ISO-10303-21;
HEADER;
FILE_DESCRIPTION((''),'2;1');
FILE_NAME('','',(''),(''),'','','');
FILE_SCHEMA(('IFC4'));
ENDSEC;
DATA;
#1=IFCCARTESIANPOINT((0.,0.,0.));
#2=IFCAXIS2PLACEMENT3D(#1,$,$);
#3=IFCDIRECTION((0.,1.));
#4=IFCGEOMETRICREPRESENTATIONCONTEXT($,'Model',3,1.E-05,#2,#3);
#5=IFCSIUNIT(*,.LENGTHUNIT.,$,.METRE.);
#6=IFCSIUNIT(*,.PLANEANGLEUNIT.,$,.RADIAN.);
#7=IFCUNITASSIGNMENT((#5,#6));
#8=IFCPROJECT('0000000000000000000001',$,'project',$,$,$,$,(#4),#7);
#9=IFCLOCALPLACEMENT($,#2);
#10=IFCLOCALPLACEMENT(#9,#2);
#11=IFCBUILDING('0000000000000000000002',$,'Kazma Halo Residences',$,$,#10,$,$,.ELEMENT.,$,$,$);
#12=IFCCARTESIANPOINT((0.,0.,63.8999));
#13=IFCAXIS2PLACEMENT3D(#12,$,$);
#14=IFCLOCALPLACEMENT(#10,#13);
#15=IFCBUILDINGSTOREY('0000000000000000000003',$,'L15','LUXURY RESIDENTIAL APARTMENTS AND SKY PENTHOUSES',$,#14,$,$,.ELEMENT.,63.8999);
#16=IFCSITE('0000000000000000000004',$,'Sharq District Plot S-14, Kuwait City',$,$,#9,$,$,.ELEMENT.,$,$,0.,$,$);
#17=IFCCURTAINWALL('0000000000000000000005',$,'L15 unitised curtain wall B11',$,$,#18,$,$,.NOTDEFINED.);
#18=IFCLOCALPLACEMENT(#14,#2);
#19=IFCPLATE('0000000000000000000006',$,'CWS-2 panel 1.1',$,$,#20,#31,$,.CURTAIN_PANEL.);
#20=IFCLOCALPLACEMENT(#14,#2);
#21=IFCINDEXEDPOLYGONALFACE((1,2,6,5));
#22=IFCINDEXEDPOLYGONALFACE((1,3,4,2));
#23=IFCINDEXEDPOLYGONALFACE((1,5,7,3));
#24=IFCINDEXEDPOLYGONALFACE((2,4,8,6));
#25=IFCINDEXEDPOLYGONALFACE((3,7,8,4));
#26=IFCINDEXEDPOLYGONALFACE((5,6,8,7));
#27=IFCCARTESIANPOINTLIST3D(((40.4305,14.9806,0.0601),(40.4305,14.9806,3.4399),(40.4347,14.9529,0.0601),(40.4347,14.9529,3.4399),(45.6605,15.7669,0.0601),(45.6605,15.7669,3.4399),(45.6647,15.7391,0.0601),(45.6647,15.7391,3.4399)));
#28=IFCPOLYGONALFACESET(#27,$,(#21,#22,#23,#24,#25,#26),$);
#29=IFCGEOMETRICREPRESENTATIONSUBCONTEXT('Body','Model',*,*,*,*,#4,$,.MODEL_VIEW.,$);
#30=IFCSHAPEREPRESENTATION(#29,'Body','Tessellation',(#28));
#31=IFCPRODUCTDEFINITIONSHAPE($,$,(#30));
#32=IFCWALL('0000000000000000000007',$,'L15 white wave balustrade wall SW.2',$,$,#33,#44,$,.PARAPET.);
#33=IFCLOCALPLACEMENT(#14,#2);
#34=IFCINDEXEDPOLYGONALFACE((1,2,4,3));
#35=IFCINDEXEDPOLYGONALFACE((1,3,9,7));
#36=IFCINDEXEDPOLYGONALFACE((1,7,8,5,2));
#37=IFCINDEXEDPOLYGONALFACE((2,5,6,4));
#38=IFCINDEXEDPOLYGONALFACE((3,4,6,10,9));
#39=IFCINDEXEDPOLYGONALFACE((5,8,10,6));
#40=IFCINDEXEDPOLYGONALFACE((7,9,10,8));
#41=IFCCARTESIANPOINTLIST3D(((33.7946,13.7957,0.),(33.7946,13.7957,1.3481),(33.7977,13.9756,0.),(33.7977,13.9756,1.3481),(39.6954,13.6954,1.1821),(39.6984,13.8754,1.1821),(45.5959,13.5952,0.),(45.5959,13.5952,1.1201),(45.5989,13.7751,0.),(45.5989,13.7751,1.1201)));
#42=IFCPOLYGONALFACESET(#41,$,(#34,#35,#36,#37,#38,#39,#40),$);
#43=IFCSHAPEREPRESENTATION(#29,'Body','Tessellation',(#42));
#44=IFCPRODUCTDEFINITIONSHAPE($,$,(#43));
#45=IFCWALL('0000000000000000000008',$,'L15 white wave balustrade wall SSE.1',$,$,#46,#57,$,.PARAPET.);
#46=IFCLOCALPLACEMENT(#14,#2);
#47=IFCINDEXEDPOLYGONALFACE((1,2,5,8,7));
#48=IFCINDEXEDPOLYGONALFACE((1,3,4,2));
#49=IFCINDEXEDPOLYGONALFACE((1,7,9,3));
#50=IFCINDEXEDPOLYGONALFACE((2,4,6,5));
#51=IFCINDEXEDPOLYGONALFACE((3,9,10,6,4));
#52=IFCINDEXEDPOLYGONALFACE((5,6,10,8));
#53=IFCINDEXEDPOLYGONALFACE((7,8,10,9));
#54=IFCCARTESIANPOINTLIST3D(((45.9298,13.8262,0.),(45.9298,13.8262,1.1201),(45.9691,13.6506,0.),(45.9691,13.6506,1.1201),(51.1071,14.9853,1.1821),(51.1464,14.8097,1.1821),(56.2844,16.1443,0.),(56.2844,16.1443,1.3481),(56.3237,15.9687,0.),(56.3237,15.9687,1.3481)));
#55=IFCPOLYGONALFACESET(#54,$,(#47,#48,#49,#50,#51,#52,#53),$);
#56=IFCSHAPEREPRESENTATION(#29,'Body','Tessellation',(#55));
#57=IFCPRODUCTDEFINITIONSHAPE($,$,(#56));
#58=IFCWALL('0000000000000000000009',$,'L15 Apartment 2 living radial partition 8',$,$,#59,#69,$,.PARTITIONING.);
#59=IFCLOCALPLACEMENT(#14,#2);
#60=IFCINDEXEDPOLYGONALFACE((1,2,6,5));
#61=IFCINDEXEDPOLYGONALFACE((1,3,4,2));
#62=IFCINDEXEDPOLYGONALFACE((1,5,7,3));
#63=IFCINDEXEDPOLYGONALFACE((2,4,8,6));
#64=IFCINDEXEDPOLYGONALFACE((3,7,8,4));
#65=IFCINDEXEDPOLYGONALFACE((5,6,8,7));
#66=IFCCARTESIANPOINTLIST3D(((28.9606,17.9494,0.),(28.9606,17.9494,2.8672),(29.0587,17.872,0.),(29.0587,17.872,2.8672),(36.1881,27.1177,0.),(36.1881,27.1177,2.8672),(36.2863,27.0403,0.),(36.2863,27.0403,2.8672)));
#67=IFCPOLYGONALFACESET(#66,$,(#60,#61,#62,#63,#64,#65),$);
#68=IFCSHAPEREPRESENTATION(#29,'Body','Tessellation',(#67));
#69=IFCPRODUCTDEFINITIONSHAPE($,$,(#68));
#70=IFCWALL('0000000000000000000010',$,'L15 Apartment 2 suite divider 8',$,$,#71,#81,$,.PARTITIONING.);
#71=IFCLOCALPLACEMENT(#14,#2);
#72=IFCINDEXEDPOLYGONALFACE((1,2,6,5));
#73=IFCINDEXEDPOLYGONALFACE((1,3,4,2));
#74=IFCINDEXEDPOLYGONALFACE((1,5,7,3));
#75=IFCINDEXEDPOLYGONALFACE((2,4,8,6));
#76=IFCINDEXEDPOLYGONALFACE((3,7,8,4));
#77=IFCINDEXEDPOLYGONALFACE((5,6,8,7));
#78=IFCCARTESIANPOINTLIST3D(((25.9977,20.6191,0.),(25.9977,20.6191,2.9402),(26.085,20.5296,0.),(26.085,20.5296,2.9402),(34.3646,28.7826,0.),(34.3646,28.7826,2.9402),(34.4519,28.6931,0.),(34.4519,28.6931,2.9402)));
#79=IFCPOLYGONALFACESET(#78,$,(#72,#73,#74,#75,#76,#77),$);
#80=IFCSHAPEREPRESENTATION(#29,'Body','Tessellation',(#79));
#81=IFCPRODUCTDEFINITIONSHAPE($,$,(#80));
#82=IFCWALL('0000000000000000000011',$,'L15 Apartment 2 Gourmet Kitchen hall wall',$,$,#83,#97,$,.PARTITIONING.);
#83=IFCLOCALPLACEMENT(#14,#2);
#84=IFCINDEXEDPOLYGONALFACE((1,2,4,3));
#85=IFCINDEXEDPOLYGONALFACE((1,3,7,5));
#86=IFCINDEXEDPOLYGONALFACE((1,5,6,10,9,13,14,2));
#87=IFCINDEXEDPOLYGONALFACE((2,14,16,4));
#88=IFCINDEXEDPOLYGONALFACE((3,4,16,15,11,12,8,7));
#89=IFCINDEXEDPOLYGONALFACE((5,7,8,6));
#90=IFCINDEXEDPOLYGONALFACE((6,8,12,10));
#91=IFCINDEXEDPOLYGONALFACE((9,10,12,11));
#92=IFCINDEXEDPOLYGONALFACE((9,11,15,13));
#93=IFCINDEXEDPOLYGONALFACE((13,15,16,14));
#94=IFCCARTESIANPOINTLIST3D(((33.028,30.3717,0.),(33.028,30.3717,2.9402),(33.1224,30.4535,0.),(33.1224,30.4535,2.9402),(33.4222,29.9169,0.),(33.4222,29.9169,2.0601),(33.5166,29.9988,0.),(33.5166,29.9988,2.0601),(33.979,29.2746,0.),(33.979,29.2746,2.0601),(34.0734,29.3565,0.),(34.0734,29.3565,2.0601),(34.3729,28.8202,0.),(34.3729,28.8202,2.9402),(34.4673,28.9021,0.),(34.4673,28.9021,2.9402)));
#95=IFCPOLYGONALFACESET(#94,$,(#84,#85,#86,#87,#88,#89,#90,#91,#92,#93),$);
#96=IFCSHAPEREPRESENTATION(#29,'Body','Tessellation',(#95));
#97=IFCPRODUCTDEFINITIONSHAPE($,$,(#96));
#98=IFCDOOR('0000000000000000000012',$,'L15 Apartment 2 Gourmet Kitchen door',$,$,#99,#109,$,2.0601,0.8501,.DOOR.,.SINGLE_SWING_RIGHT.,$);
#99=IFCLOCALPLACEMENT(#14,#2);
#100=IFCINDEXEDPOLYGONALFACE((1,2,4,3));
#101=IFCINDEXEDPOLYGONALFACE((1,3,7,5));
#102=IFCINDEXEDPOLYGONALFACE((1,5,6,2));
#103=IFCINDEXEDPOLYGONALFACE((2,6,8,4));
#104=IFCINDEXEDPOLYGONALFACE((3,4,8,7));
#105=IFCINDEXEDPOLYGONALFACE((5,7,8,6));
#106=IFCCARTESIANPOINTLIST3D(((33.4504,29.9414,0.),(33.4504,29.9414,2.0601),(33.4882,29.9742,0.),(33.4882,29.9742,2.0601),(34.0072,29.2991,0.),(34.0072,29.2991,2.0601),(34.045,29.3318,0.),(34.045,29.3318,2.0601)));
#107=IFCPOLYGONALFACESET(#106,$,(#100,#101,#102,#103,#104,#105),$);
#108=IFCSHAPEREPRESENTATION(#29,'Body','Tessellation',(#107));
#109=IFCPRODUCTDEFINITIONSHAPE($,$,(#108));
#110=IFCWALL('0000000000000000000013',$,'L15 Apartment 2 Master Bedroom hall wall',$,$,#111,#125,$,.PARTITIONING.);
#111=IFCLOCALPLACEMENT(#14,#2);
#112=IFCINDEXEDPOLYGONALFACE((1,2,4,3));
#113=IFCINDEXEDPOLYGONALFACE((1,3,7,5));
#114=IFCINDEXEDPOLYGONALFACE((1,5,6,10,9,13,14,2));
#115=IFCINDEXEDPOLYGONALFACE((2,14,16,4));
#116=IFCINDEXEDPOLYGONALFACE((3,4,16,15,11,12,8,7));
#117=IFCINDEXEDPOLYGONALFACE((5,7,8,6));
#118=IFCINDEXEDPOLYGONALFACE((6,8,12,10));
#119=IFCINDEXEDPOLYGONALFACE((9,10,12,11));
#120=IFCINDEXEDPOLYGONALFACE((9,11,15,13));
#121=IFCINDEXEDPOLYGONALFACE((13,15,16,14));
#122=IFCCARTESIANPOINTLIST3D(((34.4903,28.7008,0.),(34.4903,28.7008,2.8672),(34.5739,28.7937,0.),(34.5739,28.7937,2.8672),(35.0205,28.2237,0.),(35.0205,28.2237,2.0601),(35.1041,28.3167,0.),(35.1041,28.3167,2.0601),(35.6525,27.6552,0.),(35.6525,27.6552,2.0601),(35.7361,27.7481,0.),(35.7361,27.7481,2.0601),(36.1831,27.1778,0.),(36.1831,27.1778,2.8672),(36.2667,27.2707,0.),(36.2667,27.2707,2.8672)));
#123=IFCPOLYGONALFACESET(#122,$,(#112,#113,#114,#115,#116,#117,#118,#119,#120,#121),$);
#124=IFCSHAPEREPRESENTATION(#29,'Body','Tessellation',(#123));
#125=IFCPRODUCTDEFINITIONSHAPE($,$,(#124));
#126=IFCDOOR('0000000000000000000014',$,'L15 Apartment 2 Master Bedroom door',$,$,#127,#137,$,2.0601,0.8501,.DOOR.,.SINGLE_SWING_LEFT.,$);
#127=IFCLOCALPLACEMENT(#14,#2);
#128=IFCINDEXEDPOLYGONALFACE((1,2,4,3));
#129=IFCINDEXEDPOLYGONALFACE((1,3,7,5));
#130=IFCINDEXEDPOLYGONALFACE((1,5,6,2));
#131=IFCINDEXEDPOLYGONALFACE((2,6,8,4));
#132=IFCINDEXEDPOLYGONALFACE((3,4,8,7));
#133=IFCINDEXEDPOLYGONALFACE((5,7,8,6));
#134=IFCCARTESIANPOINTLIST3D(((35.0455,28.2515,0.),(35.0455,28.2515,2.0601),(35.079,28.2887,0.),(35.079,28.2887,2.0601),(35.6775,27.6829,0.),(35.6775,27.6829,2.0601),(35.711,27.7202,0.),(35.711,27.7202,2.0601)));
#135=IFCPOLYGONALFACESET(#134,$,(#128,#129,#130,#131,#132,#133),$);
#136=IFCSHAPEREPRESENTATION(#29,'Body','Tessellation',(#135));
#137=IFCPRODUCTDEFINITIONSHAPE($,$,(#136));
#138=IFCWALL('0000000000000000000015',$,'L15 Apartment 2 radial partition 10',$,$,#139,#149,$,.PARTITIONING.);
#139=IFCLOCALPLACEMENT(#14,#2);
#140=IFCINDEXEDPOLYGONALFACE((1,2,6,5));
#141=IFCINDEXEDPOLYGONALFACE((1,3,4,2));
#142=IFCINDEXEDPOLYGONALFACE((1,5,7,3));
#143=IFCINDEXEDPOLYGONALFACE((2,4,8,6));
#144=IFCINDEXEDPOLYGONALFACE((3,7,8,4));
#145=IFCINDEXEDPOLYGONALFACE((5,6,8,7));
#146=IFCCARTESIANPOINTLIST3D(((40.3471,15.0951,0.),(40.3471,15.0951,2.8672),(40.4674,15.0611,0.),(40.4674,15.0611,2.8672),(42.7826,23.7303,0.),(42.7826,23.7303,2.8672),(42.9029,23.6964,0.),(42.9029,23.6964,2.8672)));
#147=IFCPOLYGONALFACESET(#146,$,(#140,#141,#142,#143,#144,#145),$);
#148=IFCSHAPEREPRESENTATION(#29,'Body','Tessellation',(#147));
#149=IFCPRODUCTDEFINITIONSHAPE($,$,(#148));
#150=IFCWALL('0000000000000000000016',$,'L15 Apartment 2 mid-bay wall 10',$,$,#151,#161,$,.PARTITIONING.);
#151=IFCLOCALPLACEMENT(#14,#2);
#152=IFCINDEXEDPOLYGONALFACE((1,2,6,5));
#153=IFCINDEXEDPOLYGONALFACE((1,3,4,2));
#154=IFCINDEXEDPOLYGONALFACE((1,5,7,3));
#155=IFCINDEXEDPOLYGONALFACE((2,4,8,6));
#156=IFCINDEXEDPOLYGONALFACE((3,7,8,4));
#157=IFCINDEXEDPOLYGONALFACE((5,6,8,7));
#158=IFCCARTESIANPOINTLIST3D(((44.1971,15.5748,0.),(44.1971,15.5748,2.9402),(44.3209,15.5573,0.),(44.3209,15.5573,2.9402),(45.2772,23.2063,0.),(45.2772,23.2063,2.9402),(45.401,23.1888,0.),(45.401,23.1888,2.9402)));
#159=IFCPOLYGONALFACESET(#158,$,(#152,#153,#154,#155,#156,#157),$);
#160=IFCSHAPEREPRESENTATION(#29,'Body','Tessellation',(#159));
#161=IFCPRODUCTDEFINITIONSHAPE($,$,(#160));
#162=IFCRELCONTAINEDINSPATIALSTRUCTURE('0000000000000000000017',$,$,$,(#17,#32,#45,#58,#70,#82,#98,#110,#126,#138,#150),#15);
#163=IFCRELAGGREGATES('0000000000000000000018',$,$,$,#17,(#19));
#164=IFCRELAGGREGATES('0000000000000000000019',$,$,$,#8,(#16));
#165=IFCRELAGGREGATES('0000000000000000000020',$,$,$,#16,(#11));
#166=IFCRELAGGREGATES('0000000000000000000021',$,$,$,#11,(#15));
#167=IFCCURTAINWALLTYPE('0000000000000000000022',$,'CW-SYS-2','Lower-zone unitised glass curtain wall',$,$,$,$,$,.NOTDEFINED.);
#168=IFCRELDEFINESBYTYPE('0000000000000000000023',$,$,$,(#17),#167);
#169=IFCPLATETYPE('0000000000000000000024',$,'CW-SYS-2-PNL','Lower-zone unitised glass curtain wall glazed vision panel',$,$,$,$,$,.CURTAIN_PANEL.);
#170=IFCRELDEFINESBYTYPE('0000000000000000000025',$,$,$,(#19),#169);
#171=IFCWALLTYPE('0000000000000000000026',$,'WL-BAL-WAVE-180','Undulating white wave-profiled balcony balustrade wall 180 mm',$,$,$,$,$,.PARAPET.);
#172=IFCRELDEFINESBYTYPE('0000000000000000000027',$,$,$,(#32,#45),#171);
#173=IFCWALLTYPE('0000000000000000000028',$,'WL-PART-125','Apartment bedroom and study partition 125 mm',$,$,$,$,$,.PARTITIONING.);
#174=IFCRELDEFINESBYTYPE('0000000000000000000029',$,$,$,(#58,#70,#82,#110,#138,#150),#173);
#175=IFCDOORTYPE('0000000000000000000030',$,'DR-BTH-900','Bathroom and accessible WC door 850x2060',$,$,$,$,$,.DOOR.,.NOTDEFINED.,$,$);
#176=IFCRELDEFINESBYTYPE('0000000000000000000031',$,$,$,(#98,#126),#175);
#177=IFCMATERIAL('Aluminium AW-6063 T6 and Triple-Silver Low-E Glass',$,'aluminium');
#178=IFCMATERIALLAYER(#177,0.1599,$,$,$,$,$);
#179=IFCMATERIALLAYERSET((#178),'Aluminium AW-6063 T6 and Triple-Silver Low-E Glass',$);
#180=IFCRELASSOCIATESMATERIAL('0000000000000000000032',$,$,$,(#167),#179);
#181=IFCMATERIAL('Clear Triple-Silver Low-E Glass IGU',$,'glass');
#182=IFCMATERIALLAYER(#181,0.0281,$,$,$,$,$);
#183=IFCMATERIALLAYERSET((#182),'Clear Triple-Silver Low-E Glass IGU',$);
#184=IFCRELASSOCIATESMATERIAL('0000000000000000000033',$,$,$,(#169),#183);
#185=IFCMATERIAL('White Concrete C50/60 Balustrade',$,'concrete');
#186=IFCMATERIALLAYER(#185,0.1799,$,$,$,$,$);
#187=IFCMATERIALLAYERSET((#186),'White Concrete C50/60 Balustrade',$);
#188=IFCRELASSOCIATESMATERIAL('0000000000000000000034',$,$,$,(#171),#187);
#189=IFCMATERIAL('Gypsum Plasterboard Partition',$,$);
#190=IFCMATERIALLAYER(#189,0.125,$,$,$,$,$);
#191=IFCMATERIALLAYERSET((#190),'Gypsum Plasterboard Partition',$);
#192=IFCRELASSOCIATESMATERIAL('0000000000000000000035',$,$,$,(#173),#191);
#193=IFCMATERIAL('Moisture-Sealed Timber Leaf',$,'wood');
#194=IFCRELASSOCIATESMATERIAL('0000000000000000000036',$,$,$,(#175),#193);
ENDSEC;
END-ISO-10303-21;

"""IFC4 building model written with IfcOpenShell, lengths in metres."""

from ifc_helpers import new_model, si_unit, direction, frame, frame_2d, origin, origin_2d, place, context, subcontext, project, spatial, polyline, rectangle, outline, extrude, material, layer, layer_set, type_object, element, fill, aggregate, save


model = new_model("IFC4")

# Units and contexts
model_context = context("Model", 3, precision=1e-05, world=origin(), true_north=direction((0.0, 1.0)))
body_context = subcontext(model_context, "Body", "Model", "MODEL_VIEW")
ifc_project = project(units=[si_unit("LENGTHUNIT", "METRE"), si_unit("PLANEANGLEUNIT", "RADIAN")], contexts=[model_context])

# Site, building, storey
site_placement = place(None, origin())
site = spatial("IfcSite", under=ifc_project, at=site_placement, Name="Sharq District Plot S-14, Kuwait City", CompositionType="ELEMENT", RefElevation=0.0)
building_placement = place(site_placement, origin())
building = spatial("IfcBuilding", under=site, at=building_placement, Name="Kazma Halo Residences", CompositionType="ELEMENT")
storey_placement = place(building_placement, frame((0.0, 0.0, 63.8999)))
storey = spatial("IfcBuildingStorey", under=building, at=storey_placement, Name="L15", Description="LUXURY RESIDENTIAL APARTMENTS AND SKY PENTHOUSES", CompositionType="ELEMENT", Elevation=63.8999)

# Curtain wall, plate
ifc_material_1 = material(Name="Aluminium AW-6063 T6 and Triple-Silver Low-E Glass", Category="aluminium")
ifc_layer_1 = layer(ifc_material_1, 0.1599)
ifc_layer_set_1 = layer_set([ifc_layer_1], Name="Aluminium AW-6063 T6 and Triple-Silver Low-E Glass")
curtain_wall_type = type_object("IfcCurtainWallType", Name="CW-SYS-2", Description="Lower-zone unitised glass curtain wall", PredefinedType="NOTDEFINED", material=ifc_layer_set_1)
curtain_wall_placement = place(storey_placement, origin())
curtain_wall = element("IfcCurtainWall", 1, at=curtain_wall_placement, inside=storey, type_object=curtain_wall_type, Name="L15 unitised curtain wall B11", PredefinedType="NOTDEFINED")
ifc_material_2 = material(Name="Clear Triple-Silver Low-E Glass IGU", Category="glass")
ifc_layer_2 = layer(ifc_material_2, 0.0281)
ifc_layer_set_2 = layer_set([ifc_layer_2], Name="Clear Triple-Silver Low-E Glass IGU")
plate_type = type_object("IfcPlateType", Name="CW-SYS-2-PNL", Description="Lower-zone unitised glass curtain wall glazed vision panel", PredefinedType="CURTAIN_PANEL", material=ifc_layer_set_2)
plate_placement = place(storey_placement, frame((43.0476, 15.3599, 0.0601), z_axis=(0.0, 0.0, 1.0), x_axis=(0.988889, 0.148657, 0.0)))
plate = element("IfcPlate", 2, at=plate_placement, type_object=plate_type, Name="CWS-2 panel 1.1", PredefinedType="CURTAIN_PANEL", context=body_context, shape_type="SweptSolid", body=[
    extrude(rectangle(XDim=5.2888, YDim=0.0281, at=origin_2d()), origin(), (0.0, 0.0, 1.0), 3.3799),
])
aggregate(curtain_wall, [plate])

# Walls
ifc_material_3 = material(Name="White Concrete C50/60 Balustrade", Category="concrete")
ifc_layer_3 = layer(ifc_material_3, 0.1799)
ifc_layer_set_3 = layer_set([ifc_layer_3], Name="White Concrete C50/60 Balustrade")
wall_type_1 = type_object("IfcWallType", Name="WL-BAL-WAVE-180", Description="Undulating white wave-profiled balcony balustrade wall 180 mm", PredefinedType="PARAPET", material=ifc_layer_set_3)
wall_1_placement = place(storey_placement, frame((33.7961, 13.8857, 0.0), z_axis=(0.0, 0.0, 1.0), x_axis=(0.999856, -0.016982, 0.0)))
element("IfcWall", 3, at=wall_1_placement, inside=storey, type_object=wall_type_1, Name="L15 white wave balustrade wall SW.2", PredefinedType="PARAPET", context=body_context, shape_type="SweptSolid", body=[
    extrude(outline(polyline([(0.0, 0.0), (11.803, 0.0), (11.803, 1.1201), (5.9016, 1.1821), (0.0, 1.3481), (0.0, 0.0)])), frame((0.0, 0.0898, 0.0), z_axis=(0.0, -1.0, 0.0), x_axis=(1.0, 0.0, 0.0)), (0.0, 0.0, 1.0), 0.1799),
])
wall_2_placement = place(storey_placement, frame((45.9495, 13.7385, 0.0), z_axis=(0.0, 0.0, 1.0), x_axis=(0.975844, 0.218467, 0.0)))
element("IfcWall", 4, at=wall_2_placement, inside=storey, type_object=wall_type_1, Name="L15 white wave balustrade wall SSE.1", PredefinedType="PARAPET", context=body_context, shape_type="SweptSolid", body=[
    extrude(outline(polyline([(0.0, 0.0), (10.6108, 0.0), (10.6108, 1.3481), (5.3054, 1.1821), (0.0, 1.1201), (0.0, 0.0)])), frame((0.0, 0.0898, 0.0), z_axis=(0.0, -1.0, 0.0), x_axis=(1.0, 0.0, 0.0)), (0.0, 0.0, 1.0), 0.1799),
])
ifc_material_4 = material(Name="Gypsum Plasterboard Partition")
ifc_layer_4 = layer(ifc_material_4, 0.125)
ifc_layer_set_4 = layer_set([ifc_layer_4], Name="Gypsum Plasterboard Partition")
wall_type_2 = type_object("IfcWallType", Name="WL-PART-125", Description="Apartment bedroom and study partition 125 mm", PredefinedType="PARTITIONING", material=ifc_layer_set_4)
wall_3_placement = place(storey_placement, frame((36.2373, 27.0791, 0.0), z_axis=(0.0, 0.0, 1.0), x_axis=(-0.619089, -0.785321, 0.0)))
element("IfcWall", 5, at=wall_3_placement, inside=storey, type_object=wall_type_2, Name="L15 Apartment 2 living radial partition 8", PredefinedType="PARTITIONING", context=body_context, shape_type="SweptSolid", body=[
    extrude(rectangle(XDim=11.6746, YDim=0.125, at=frame_2d((5.8374, 0.0))), origin(), (0.0, 0.0, 1.0), 2.8672),
])
wall_4_placement = place(storey_placement, frame((34.4082, 28.7378, 0.0), z_axis=(0.0, 0.0, 1.0), x_axis=(-0.715752, -0.698355, 0.0)))
element("IfcWall", 6, at=wall_4_placement, inside=storey, type_object=wall_type_2, Name="L15 Apartment 2 suite divider 8", PredefinedType="PARTITIONING", context=body_context, shape_type="SweptSolid", body=[
    extrude(rectangle(XDim=11.6897, YDim=0.125, at=frame_2d((5.8447, 0.0))), origin(), (0.0, 0.0, 1.0), 2.9402),
])

# Walls, openings, doors
wall_5_placement = place(storey_placement, frame((33.0752, 30.4126, 0.0), z_axis=(0.0, 0.0, 1.0), x_axis=(0.655021, -0.755611, 0.0)))
wall_5 = element("IfcWall", 7, at=wall_5_placement, inside=storey, type_object=wall_type_2, Name="L15 Apartment 2 Gourmet Kitchen hall wall", PredefinedType="PARTITIONING", context=body_context, shape_type="SweptSolid", body=[
    extrude(rectangle(XDim=2.0532, YDim=0.125, at=frame_2d((1.0266, 0.0))), origin(), (0.0, 0.0, 1.0), 2.9402),
])
opening_1_placement = place(wall_5_placement, frame((0.6018, 0.0, 0.0)))
opening_1 = element("IfcOpeningElement", 8, at=opening_1_placement, cuts=wall_5, PredefinedType="OPENING", context=body_context, shape_type="SweptSolid", body=[
    extrude(rectangle(XDim=0.8501, YDim=2.0601, at=frame_2d((0.425, 1.03))), frame((0.0, 0.0725, 0.0), z_axis=(0.0, -1.0, 0.0), x_axis=(1.0, 0.0, 0.0)), (0.0, 0.0, 1.0), 0.145),
])
ifc_material_5 = material(Name="Moisture-Sealed Timber Leaf", Category="wood")
door_type_1 = type_object("IfcDoorType", Name="DR-BTH-900", Description="Bathroom and accessible WC door 850x2060", OperationType="NOTDEFINED", PredefinedType="DOOR", material=ifc_material_5)
door_1_placement = place(opening_1_placement, origin())
door_1 = element("IfcDoor", 9, at=door_1_placement, inside=storey, type_object=door_type_1, Name="L15 Apartment 2 Gourmet Kitchen door", OperationType="SINGLE_SWING_RIGHT", OverallHeight=2.0601, OverallWidth=0.8501, PredefinedType="DOOR", context=body_context, shape_type="SweptSolid", body=[
    extrude(rectangle(XDim=0.8501, YDim=2.0601, at=frame_2d((0.425, 1.03))), frame((0.0, 0.0249, 0.0), z_axis=(0.0, -1.0, 0.0), x_axis=(1.0, 0.0, 0.0)), (0.0, 0.0, 1.0), 0.05),
])
fill(opening_1, door_1)
wall_6_placement = place(storey_placement, frame((34.532, 28.7473, 0.0), z_axis=(0.0, 0.0, 1.0), x_axis=(0.743433, -0.668811, 0.0)))
wall_6 = element("IfcWall", 10, at=wall_6_placement, inside=storey, type_object=wall_type_2, Name="L15 Apartment 2 Master Bedroom hall wall", PredefinedType="PARTITIONING", context=body_context, shape_type="SweptSolid", body=[
    extrude(rectangle(XDim=2.2771, YDim=0.125, at=frame_2d((1.1387, 0.0))), origin(), (0.0, 0.0, 1.0), 2.8672),
])
opening_2_placement = place(wall_6_placement, frame((0.7134, 0.0, 0.0)))
opening_2 = element("IfcOpeningElement", 11, at=opening_2_placement, cuts=wall_6, PredefinedType="OPENING", context=body_context, shape_type="SweptSolid", body=[
    extrude(rectangle(XDim=0.8501, YDim=2.0601, at=frame_2d((0.425, 1.03))), frame((0.0, 0.0725, 0.0), z_axis=(0.0, -1.0, 0.0), x_axis=(1.0, 0.0, 0.0)), (0.0, 0.0, 1.0), 0.145),
])
door_2_placement = place(opening_2_placement, origin())
door_2 = element("IfcDoor", 12, at=door_2_placement, inside=storey, type_object=door_type_1, Name="L15 Apartment 2 Master Bedroom door", OperationType="SINGLE_SWING_LEFT", OverallHeight=2.0601, OverallWidth=0.8501, PredefinedType="DOOR", context=body_context, shape_type="SweptSolid", body=[
    extrude(rectangle(XDim=0.8501, YDim=2.0601, at=frame_2d((0.425, 1.03))), frame((0.0, 0.0249, 0.0), z_axis=(0.0, -1.0, 0.0), x_axis=(1.0, 0.0, 0.0)), (0.0, 0.0, 1.0), 0.05),
])
fill(opening_2, door_2)

# Walls
wall_7_placement = place(storey_placement, frame((42.8428, 23.7134, 0.0), z_axis=(0.0, 0.0, 1.0), x_axis=(-0.271456, -0.962451, 0.0)))
element("IfcWall", 13, at=wall_7_placement, inside=storey, type_object=wall_type_2, Name="L15 Apartment 2 radial partition 10", PredefinedType="PARTITIONING", context=body_context, shape_type="SweptSolid", body=[
    extrude(rectangle(XDim=8.9722, YDim=0.125, at=frame_2d((4.4861, 0.0))), origin(), (0.0, 0.0, 1.0), 2.8672),
])
wall_8_placement = place(storey_placement, frame((45.3391, 23.1975, 0.0), z_axis=(0.0, 0.0, 1.0), x_axis=(-0.140135, -0.990132, 0.0)))
element("IfcWall", 14, at=wall_8_placement, inside=storey, type_object=wall_type_2, Name="L15 Apartment 2 mid-bay wall 10", PredefinedType="PARTITIONING", context=body_context, shape_type="SweptSolid", body=[
    extrude(rectangle(XDim=7.7075, YDim=0.125, at=frame_2d((3.8538, 0.0))), origin(), (0.0, 0.0, 1.0), 2.9402),
])

save(model, "model.ifc")
